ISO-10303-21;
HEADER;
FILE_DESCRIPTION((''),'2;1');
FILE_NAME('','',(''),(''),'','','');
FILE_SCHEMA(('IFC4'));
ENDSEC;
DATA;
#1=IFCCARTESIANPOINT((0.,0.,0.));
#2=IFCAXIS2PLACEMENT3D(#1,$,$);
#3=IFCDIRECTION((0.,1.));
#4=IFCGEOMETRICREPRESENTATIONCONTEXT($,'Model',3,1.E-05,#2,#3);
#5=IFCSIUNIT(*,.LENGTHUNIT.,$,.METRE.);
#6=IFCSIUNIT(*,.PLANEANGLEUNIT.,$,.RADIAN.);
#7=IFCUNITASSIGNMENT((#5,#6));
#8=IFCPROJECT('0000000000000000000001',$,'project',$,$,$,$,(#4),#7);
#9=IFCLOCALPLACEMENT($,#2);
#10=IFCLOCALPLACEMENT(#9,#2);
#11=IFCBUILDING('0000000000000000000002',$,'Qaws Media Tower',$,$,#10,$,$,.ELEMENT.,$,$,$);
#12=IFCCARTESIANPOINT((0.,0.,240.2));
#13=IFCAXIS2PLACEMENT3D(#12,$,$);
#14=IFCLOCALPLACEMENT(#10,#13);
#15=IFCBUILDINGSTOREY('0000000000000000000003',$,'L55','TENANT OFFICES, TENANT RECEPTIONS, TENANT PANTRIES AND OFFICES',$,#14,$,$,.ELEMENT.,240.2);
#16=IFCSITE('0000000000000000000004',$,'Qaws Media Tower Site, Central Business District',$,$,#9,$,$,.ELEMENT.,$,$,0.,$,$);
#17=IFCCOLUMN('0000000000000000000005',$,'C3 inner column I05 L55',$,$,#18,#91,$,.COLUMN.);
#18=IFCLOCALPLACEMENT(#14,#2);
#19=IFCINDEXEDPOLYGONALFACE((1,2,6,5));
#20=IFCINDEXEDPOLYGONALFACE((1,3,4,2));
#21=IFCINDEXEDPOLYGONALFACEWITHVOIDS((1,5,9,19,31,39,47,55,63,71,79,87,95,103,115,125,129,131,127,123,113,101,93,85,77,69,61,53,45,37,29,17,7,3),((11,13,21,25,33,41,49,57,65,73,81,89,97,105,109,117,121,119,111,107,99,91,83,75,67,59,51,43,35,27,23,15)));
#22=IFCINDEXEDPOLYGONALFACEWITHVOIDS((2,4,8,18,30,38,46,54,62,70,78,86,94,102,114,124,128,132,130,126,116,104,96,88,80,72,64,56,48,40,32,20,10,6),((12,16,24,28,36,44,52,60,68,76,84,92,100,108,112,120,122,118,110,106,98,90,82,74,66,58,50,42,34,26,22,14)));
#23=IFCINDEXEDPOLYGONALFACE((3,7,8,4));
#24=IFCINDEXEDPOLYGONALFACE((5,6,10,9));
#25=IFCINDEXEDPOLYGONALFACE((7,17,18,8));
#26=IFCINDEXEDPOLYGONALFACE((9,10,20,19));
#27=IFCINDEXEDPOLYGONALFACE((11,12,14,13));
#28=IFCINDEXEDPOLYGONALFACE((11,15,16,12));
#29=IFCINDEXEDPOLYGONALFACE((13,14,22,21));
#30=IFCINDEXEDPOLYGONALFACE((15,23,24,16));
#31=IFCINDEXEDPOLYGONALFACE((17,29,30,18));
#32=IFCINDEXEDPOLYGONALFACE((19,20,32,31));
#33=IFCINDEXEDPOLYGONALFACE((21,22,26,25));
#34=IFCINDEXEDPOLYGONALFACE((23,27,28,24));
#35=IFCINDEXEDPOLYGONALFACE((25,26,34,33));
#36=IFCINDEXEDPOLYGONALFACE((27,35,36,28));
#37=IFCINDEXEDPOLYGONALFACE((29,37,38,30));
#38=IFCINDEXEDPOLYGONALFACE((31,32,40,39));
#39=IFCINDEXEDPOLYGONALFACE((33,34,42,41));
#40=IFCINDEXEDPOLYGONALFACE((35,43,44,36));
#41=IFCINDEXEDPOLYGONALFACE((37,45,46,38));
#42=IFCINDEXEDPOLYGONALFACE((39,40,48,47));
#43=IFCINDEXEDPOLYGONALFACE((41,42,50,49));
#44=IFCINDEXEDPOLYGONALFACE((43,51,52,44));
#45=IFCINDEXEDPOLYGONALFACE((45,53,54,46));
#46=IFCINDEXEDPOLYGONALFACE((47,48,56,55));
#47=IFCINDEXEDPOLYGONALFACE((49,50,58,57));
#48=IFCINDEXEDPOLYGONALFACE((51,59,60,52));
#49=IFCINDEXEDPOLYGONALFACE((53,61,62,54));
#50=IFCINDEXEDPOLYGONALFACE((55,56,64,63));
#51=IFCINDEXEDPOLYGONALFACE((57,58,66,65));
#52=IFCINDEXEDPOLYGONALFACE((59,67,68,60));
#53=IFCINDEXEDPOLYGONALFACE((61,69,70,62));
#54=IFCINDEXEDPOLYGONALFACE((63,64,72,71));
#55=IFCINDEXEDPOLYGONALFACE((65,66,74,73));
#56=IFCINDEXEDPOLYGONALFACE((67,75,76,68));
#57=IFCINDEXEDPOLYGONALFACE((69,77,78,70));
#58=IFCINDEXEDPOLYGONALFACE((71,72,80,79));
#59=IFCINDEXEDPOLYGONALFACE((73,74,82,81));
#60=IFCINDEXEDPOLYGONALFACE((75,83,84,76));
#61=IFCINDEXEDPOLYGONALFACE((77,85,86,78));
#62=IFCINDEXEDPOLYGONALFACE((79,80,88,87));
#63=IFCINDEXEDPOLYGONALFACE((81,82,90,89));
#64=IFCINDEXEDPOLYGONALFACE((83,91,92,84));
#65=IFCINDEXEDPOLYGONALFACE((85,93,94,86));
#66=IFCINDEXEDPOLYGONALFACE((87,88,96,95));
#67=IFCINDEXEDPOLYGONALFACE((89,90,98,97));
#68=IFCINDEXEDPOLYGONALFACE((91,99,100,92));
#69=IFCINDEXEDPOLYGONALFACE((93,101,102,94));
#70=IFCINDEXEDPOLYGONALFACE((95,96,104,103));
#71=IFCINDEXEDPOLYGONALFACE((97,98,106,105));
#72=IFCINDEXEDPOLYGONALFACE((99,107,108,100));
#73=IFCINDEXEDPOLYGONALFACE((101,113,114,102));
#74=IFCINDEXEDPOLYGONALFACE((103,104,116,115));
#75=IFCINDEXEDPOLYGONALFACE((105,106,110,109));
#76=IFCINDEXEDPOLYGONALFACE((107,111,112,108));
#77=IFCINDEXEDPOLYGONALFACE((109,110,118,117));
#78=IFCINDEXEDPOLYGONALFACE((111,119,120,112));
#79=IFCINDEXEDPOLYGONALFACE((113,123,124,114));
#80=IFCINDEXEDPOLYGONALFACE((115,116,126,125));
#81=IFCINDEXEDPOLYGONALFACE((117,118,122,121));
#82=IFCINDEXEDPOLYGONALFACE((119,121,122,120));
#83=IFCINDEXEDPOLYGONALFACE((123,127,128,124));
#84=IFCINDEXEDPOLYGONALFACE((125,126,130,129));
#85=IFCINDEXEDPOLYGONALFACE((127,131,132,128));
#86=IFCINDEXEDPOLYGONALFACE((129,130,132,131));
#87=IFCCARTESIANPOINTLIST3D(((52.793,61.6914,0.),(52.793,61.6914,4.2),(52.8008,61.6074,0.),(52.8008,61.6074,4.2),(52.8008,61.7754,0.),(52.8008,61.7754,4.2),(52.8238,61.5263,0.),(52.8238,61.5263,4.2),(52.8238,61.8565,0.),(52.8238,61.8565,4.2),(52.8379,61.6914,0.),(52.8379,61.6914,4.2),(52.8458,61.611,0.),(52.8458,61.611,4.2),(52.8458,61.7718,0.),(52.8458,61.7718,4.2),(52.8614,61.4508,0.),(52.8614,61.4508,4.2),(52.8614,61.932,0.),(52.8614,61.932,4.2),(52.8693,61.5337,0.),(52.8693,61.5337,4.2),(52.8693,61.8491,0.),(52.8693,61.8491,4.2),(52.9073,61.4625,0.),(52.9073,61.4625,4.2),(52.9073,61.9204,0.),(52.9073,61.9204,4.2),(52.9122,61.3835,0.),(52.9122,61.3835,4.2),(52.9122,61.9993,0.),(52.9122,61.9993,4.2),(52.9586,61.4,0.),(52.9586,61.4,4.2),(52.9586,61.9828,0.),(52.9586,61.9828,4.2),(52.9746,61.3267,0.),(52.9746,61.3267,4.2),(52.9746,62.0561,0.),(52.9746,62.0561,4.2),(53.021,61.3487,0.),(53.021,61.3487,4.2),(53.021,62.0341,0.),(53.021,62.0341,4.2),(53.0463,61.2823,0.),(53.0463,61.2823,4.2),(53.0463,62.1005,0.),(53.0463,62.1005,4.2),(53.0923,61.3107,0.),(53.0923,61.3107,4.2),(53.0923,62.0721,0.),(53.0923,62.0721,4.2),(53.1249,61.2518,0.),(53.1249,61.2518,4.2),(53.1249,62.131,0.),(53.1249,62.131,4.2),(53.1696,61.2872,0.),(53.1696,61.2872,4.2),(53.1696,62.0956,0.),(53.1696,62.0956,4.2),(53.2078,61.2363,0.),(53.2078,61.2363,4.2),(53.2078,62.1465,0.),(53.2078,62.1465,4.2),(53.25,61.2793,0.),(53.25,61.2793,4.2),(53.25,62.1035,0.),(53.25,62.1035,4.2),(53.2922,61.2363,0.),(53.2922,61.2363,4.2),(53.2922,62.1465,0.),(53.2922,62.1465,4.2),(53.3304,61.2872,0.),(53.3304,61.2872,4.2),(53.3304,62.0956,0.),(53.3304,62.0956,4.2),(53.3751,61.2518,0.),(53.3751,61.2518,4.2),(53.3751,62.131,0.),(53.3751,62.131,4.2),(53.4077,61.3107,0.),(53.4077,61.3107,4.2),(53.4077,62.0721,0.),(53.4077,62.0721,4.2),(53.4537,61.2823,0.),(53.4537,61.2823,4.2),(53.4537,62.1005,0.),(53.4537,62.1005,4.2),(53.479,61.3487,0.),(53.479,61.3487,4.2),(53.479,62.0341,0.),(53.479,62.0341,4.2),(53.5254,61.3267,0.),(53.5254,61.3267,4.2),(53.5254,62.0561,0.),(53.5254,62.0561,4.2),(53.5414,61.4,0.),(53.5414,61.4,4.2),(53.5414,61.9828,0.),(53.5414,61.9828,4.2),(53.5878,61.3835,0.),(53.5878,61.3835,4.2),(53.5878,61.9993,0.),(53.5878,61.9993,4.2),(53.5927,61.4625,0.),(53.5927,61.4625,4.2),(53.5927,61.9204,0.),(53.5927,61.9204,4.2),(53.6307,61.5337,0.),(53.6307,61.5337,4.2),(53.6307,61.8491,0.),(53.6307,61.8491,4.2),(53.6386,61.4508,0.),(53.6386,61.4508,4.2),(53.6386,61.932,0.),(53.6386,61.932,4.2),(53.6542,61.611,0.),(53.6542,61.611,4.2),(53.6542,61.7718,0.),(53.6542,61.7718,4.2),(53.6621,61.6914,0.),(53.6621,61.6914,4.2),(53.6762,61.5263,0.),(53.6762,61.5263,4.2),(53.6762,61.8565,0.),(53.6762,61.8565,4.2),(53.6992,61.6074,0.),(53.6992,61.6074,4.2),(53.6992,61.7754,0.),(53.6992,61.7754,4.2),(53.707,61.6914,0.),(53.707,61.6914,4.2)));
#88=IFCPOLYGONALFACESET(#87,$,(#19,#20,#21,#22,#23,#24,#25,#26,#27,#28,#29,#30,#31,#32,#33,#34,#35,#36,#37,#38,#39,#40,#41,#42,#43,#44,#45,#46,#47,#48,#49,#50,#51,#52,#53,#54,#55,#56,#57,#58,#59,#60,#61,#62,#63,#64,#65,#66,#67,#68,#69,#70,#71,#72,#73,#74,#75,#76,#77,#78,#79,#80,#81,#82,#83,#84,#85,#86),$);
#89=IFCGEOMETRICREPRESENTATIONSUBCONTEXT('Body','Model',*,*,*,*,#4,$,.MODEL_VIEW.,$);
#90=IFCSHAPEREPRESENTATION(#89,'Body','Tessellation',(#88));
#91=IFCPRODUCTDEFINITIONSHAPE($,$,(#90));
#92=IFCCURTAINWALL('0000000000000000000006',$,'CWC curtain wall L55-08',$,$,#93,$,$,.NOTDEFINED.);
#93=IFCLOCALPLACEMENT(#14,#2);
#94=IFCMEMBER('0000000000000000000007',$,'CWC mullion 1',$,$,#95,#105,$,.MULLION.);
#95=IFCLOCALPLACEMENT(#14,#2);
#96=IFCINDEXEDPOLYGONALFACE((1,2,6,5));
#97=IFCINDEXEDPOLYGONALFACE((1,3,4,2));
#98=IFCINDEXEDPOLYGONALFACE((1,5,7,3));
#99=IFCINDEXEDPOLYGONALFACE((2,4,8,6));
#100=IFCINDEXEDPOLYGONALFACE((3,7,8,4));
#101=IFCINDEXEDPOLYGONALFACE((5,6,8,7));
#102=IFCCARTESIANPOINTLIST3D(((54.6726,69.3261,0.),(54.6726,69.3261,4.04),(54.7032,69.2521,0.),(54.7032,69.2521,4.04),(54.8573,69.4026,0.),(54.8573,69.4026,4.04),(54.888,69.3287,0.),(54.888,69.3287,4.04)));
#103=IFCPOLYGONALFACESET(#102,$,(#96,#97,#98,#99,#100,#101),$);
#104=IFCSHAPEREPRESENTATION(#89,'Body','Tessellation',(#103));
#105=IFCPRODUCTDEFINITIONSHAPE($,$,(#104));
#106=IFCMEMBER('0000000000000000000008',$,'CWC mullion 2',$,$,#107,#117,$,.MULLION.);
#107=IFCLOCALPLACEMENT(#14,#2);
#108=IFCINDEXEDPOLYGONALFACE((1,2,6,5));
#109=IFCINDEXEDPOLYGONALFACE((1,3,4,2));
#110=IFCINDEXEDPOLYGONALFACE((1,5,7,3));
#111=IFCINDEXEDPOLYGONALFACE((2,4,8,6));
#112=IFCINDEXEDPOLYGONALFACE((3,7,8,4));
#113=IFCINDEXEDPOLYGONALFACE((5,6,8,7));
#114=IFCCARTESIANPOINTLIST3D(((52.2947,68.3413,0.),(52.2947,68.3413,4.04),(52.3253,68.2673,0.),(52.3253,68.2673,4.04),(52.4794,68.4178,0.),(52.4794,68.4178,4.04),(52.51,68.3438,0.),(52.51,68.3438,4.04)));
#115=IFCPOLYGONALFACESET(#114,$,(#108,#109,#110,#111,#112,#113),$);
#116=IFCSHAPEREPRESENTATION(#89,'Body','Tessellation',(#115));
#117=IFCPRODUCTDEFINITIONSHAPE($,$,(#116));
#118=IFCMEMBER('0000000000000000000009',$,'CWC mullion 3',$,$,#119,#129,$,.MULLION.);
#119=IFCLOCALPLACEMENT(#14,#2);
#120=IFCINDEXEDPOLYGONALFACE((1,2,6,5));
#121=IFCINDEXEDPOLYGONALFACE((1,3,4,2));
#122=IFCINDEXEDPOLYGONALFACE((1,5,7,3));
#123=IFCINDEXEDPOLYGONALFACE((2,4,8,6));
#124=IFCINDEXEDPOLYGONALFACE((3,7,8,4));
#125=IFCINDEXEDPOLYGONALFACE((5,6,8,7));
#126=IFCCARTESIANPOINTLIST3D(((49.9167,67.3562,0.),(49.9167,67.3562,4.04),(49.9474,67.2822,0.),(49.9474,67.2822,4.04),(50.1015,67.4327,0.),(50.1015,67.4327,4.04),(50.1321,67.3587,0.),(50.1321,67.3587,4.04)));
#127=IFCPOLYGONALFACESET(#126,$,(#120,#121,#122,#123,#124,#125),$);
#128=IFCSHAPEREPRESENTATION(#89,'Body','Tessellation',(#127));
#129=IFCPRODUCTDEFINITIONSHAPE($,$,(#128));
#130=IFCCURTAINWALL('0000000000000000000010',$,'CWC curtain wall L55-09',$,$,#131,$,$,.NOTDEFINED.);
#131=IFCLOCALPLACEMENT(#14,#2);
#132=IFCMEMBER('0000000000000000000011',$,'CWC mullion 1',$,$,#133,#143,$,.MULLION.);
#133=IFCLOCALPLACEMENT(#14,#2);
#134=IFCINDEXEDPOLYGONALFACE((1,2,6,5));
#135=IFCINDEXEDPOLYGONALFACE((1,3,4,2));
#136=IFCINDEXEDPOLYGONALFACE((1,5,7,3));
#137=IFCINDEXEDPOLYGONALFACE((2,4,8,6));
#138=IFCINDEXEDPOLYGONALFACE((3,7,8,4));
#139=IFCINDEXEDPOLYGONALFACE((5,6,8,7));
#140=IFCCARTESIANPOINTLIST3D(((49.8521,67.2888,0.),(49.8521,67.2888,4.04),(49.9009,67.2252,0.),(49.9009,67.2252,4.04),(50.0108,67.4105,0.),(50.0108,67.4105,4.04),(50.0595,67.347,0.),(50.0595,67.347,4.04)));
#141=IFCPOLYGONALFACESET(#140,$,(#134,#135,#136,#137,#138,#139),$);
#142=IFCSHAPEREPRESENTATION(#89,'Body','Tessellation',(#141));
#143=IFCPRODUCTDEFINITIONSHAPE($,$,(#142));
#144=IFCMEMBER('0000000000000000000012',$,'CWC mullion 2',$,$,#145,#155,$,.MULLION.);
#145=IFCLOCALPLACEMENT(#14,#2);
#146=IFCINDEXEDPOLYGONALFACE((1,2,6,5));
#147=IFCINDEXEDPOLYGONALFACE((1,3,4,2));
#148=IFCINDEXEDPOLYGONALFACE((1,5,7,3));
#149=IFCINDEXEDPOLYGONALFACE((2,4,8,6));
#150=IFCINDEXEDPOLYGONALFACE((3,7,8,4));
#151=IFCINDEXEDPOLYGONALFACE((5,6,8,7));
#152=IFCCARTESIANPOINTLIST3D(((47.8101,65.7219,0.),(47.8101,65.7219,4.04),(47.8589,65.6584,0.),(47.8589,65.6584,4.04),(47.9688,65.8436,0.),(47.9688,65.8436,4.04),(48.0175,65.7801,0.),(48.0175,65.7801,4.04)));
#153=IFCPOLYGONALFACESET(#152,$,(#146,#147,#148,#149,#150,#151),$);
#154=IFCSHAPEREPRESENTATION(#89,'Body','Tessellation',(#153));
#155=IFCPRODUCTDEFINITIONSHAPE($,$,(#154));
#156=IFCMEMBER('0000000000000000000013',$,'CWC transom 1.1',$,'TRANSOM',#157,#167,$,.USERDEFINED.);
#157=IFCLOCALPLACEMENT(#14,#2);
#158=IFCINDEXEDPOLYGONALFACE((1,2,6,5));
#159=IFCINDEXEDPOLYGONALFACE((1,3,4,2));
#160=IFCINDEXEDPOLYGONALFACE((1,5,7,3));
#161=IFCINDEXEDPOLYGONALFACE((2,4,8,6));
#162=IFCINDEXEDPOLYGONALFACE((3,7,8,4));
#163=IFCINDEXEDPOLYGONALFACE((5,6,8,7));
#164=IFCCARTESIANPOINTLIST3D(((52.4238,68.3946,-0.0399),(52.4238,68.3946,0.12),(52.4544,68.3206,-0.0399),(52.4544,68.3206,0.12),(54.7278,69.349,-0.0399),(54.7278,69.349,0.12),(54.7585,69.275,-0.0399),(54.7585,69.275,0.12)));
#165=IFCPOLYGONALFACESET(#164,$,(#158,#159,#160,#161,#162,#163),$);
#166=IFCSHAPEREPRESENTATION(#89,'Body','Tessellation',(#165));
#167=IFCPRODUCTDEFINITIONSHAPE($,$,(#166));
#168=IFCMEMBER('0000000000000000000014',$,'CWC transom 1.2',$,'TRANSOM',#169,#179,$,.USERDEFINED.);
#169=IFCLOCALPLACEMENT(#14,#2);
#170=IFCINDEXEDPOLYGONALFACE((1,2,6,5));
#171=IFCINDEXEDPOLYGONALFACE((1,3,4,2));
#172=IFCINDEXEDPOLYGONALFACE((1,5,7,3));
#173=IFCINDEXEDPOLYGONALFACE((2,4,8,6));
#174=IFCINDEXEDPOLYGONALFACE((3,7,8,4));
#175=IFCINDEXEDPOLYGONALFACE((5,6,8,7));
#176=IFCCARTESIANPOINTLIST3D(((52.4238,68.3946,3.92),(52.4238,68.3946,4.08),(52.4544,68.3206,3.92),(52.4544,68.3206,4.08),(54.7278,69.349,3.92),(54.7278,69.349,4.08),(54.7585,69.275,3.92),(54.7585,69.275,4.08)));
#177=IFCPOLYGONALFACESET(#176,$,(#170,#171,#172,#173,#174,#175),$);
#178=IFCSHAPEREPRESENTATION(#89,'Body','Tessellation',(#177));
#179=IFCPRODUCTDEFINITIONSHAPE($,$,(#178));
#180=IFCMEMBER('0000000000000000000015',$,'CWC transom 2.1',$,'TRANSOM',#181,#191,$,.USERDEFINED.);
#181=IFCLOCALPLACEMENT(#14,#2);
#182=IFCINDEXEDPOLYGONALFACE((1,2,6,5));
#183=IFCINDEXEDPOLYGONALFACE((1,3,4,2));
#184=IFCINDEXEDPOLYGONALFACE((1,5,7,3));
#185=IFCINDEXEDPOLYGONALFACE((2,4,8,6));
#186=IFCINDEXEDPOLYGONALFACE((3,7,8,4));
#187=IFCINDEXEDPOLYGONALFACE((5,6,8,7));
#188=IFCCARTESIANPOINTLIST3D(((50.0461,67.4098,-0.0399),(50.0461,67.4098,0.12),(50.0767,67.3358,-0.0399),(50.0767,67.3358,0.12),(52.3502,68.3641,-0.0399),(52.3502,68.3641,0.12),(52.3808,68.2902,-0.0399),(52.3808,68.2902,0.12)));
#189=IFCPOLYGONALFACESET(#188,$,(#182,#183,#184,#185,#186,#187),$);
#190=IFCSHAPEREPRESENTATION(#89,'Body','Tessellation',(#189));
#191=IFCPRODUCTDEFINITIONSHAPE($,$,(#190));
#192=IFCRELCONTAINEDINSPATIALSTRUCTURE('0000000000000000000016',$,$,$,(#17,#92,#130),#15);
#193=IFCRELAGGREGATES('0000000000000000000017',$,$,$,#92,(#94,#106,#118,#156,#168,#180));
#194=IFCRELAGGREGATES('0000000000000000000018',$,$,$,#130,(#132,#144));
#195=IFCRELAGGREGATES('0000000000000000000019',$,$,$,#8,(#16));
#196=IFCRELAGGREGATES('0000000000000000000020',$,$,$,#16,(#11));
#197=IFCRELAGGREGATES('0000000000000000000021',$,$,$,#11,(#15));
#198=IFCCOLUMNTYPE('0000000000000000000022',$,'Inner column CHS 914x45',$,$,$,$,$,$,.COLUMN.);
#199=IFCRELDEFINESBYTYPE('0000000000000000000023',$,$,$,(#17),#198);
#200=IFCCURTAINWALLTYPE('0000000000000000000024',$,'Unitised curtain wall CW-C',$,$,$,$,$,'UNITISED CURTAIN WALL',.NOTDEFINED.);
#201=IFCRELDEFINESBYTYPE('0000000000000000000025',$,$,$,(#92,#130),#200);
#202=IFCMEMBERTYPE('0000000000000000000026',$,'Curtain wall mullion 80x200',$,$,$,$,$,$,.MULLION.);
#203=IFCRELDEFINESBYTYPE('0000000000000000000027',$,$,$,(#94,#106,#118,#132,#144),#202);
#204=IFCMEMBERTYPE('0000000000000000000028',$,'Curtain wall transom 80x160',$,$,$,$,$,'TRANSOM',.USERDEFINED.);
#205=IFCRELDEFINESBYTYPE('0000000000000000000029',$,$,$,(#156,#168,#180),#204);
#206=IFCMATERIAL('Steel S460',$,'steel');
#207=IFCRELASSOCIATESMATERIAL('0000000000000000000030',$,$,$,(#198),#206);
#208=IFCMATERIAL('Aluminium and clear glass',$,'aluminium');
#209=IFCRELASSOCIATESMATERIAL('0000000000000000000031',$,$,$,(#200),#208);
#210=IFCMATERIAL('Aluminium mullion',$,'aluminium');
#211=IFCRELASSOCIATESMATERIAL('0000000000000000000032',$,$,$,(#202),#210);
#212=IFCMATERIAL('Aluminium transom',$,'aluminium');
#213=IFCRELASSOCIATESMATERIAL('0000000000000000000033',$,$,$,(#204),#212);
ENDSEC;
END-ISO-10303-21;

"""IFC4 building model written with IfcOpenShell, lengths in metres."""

from ifc_helpers import new_model, si_unit, direction, frame, origin, origin_2d, place, context, subcontext, project, spatial, rectangle, hollow_circle, extrude, material, material_profile, profile_set, type_object, element, aggregate, save


model = new_model("IFC4")

# Units and contexts
model_context = context("Model", 3, precision=1e-05, world=origin(), true_north=direction((0.0, 1.0)))
body_context = subcontext(model_context, "Body", "Model", "MODEL_VIEW")
ifc_project = project(units=[si_unit("LENGTHUNIT", "METRE"), si_unit("PLANEANGLEUNIT", "RADIAN")], contexts=[model_context])

# Site, building, storey
site_placement = place(None, origin())
site = spatial("IfcSite", under=ifc_project, at=site_placement, Name="Qaws Media Tower Site, Central Business District", CompositionType="ELEMENT", RefElevation=0.0)
building_placement = place(site_placement, origin())
building = spatial("IfcBuilding", under=site, at=building_placement, Name="Qaws Media Tower", CompositionType="ELEMENT")
storey_placement = place(building_placement, frame((0.0, 0.0, 240.2)))
storey = spatial("IfcBuildingStorey", under=building, at=storey_placement, Name="L55", Description="TENANT OFFICES, TENANT RECEPTIONS, TENANT PANTRIES AND OFFICES", CompositionType="ELEMENT", Elevation=240.2)

# Column
ifc_material_1 = material(Name="Steel S460", Category="steel")
ifc_material_profile_1 = material_profile(ifc_material_1, hollow_circle(Radius=0.457, WallThickness=0.0449, at=origin_2d()), Name="CHS 914x45")
ifc_profile_set_1 = profile_set([ifc_material_profile_1], Name="Steel S460")
column_type = type_object("IfcColumnType", Name="Inner column CHS 914x45", PredefinedType="COLUMN", material=ifc_profile_set_1)
column_placement = place(storey_placement, frame((53.25, 61.6914, 0.0), z_axis=(0.0, 0.0, 1.0), x_axis=(1.0, 0.0, 0.0)))
element("IfcColumn", 1, at=column_placement, inside=storey, type_object=column_type, Name="C3 inner column I05 L55", PredefinedType="COLUMN", context=body_context, shape_type="SweptSolid", body=[
    extrude(hollow_circle(Radius=0.457, WallThickness=0.0449, at=origin_2d()), origin(), (0.0, 0.0, 1.0), 4.2),
])

# Curtain walls, members
ifc_material_2 = material(Name="Aluminium and clear glass", Category="aluminium")
curtain_wall_type = type_object("IfcCurtainWallType", Name="Unitised curtain wall CW-C", ElementType="UNITISED CURTAIN WALL", PredefinedType="NOTDEFINED", material=ifc_material_2)
curtain_wall_1_placement = place(storey_placement, origin())
curtain_wall_1 = element("IfcCurtainWall", 2, at=curtain_wall_1_placement, inside=storey, type_object=curtain_wall_type, Name="CWC curtain wall L55-08", PredefinedType="NOTDEFINED")
ifc_material_3 = material(Name="Aluminium mullion", Category="aluminium")
ifc_material_profile_2 = material_profile(ifc_material_3, rectangle(XDim=0.0801, YDim=0.2, at=origin_2d()), Name="80x200")
ifc_profile_set_2 = profile_set([ifc_material_profile_2], Name="Aluminium mullion")
member_type_1 = type_object("IfcMemberType", Name="Curtain wall mullion 80x200", PredefinedType="MULLION", material=ifc_profile_set_2)
member_1_placement = place(storey_placement, frame((54.7803, 69.3274, 0.0), z_axis=(0.0, 0.0, 1.0), x_axis=(0.382683, -0.92388, 0.0)))
member_1 = element("IfcMember", 3, at=member_1_placement, type_object=member_type_1, Name="CWC mullion 1", PredefinedType="MULLION", context=body_context, shape_type="SweptSolid", body=[
    extrude(rectangle(XDim=0.0801, YDim=0.2, at=origin_2d()), origin(), (0.0, 0.0, 1.0), 4.04),
])
member_2_placement = place(storey_placement, frame((52.4023, 68.3425, 0.0), z_axis=(0.0, 0.0, 1.0), x_axis=(0.382683, -0.92388, 0.0)))
member_2 = element("IfcMember", 4, at=member_2_placement, type_object=member_type_1, Name="CWC mullion 2", PredefinedType="MULLION", context=body_context, shape_type="SweptSolid", body=[
    extrude(rectangle(XDim=0.0801, YDim=0.2, at=origin_2d()), origin(), (0.0, 0.0, 1.0), 4.04),
])
member_3_placement = place(storey_placement, frame((50.0244, 67.3574, 0.0), z_axis=(0.0, 0.0, 1.0), x_axis=(0.382683, -0.92388, 0.0)))
member_3 = element("IfcMember", 5, at=member_3_placement, type_object=member_type_1, Name="CWC mullion 3", PredefinedType="MULLION", context=body_context, shape_type="SweptSolid", body=[
    extrude(rectangle(XDim=0.0801, YDim=0.2, at=origin_2d()), origin(), (0.0, 0.0, 1.0), 4.04),
])
curtain_wall_2_placement = place(storey_placement, origin())
curtain_wall_2 = element("IfcCurtainWall", 6, at=curtain_wall_2_placement, inside=storey, type_object=curtain_wall_type, Name="CWC curtain wall L55-09", PredefinedType="NOTDEFINED")
member_4_placement = place(storey_placement, frame((49.9558, 67.3179, 0.0), z_axis=(0.0, 0.0, 1.0), x_axis=(0.608762, -0.793353, 0.0)))
member_4 = element("IfcMember", 7, at=member_4_placement, type_object=member_type_1, Name="CWC mullion 1", PredefinedType="MULLION", context=body_context, shape_type="SweptSolid", body=[
    extrude(rectangle(XDim=0.0801, YDim=0.2, at=origin_2d()), origin(), (0.0, 0.0, 1.0), 4.04),
])
member_5_placement = place(storey_placement, frame((47.9138, 65.751, 0.0), z_axis=(0.0, 0.0, 1.0), x_axis=(0.608762, -0.793353, 0.0)))
member_5 = element("IfcMember", 8, at=member_5_placement, type_object=member_type_1, Name="CWC mullion 2", PredefinedType="MULLION", context=body_context, shape_type="SweptSolid", body=[
    extrude(rectangle(XDim=0.0801, YDim=0.2, at=origin_2d()), origin(), (0.0, 0.0, 1.0), 4.04),
])

# Members
ifc_material_4 = material(Name="Aluminium transom", Category="aluminium")
ifc_material_profile_3 = material_profile(ifc_material_4, rectangle(XDim=0.0801, YDim=0.1599, at=origin_2d()), Name="80x160")
ifc_profile_set_3 = profile_set([ifc_material_profile_3], Name="Aluminium transom")
member_type_2 = type_object("IfcMemberType", Name="Curtain wall transom 80x160", ElementType="TRANSOM", PredefinedType="USERDEFINED", material=ifc_profile_set_3)
member_6_placement = place(storey_placement, frame((54.7432, 69.312, 0.04), z_axis=(-0.923877, -0.382689, 0.0), x_axis=(0.382689, -0.923877, 0.0)))
member_6 = element("IfcMember", 9, at=member_6_placement, type_object=member_type_2, Name="CWC transom 1.1", ObjectType="TRANSOM", PredefinedType="USERDEFINED", context=body_context, shape_type="SweptSolid", body=[
    extrude(rectangle(XDim=0.0801, YDim=0.1599, at=origin_2d()), origin(), (0.0, 0.0, 1.0), 2.4939),
])
member_7_placement = place(storey_placement, frame((54.7432, 69.312, 4.0), z_axis=(-0.923877, -0.382689, 0.0), x_axis=(0.382689, -0.923877, 0.0)))
member_7 = element("IfcMember", 10, at=member_7_placement, type_object=member_type_2, Name="CWC transom 1.2", ObjectType="TRANSOM", PredefinedType="USERDEFINED", context=body_context, shape_type="SweptSolid", body=[
    extrude(rectangle(XDim=0.0801, YDim=0.1599, at=origin_2d()), origin(), (0.0, 0.0, 1.0), 2.4939),
])
member_8_placement = place(storey_placement, frame((52.3655, 68.3271, 0.04), z_axis=(-0.923877, -0.382689, 0.0), x_axis=(0.382689, -0.923877, 0.0)))
member_8 = element("IfcMember", 11, at=member_8_placement, type_object=member_type_2, Name="CWC transom 2.1", ObjectType="TRANSOM", PredefinedType="USERDEFINED", context=body_context, shape_type="SweptSolid", body=[
    extrude(rectangle(XDim=0.0801, YDim=0.1599, at=origin_2d()), origin(), (0.0, 0.0, 1.0), 2.4939),
])

aggregate(curtain_wall_1, [member_1, member_2, member_3, member_6, member_7, member_8])
aggregate(curtain_wall_2, [member_4, member_5])

save(model, "model.ifc")
